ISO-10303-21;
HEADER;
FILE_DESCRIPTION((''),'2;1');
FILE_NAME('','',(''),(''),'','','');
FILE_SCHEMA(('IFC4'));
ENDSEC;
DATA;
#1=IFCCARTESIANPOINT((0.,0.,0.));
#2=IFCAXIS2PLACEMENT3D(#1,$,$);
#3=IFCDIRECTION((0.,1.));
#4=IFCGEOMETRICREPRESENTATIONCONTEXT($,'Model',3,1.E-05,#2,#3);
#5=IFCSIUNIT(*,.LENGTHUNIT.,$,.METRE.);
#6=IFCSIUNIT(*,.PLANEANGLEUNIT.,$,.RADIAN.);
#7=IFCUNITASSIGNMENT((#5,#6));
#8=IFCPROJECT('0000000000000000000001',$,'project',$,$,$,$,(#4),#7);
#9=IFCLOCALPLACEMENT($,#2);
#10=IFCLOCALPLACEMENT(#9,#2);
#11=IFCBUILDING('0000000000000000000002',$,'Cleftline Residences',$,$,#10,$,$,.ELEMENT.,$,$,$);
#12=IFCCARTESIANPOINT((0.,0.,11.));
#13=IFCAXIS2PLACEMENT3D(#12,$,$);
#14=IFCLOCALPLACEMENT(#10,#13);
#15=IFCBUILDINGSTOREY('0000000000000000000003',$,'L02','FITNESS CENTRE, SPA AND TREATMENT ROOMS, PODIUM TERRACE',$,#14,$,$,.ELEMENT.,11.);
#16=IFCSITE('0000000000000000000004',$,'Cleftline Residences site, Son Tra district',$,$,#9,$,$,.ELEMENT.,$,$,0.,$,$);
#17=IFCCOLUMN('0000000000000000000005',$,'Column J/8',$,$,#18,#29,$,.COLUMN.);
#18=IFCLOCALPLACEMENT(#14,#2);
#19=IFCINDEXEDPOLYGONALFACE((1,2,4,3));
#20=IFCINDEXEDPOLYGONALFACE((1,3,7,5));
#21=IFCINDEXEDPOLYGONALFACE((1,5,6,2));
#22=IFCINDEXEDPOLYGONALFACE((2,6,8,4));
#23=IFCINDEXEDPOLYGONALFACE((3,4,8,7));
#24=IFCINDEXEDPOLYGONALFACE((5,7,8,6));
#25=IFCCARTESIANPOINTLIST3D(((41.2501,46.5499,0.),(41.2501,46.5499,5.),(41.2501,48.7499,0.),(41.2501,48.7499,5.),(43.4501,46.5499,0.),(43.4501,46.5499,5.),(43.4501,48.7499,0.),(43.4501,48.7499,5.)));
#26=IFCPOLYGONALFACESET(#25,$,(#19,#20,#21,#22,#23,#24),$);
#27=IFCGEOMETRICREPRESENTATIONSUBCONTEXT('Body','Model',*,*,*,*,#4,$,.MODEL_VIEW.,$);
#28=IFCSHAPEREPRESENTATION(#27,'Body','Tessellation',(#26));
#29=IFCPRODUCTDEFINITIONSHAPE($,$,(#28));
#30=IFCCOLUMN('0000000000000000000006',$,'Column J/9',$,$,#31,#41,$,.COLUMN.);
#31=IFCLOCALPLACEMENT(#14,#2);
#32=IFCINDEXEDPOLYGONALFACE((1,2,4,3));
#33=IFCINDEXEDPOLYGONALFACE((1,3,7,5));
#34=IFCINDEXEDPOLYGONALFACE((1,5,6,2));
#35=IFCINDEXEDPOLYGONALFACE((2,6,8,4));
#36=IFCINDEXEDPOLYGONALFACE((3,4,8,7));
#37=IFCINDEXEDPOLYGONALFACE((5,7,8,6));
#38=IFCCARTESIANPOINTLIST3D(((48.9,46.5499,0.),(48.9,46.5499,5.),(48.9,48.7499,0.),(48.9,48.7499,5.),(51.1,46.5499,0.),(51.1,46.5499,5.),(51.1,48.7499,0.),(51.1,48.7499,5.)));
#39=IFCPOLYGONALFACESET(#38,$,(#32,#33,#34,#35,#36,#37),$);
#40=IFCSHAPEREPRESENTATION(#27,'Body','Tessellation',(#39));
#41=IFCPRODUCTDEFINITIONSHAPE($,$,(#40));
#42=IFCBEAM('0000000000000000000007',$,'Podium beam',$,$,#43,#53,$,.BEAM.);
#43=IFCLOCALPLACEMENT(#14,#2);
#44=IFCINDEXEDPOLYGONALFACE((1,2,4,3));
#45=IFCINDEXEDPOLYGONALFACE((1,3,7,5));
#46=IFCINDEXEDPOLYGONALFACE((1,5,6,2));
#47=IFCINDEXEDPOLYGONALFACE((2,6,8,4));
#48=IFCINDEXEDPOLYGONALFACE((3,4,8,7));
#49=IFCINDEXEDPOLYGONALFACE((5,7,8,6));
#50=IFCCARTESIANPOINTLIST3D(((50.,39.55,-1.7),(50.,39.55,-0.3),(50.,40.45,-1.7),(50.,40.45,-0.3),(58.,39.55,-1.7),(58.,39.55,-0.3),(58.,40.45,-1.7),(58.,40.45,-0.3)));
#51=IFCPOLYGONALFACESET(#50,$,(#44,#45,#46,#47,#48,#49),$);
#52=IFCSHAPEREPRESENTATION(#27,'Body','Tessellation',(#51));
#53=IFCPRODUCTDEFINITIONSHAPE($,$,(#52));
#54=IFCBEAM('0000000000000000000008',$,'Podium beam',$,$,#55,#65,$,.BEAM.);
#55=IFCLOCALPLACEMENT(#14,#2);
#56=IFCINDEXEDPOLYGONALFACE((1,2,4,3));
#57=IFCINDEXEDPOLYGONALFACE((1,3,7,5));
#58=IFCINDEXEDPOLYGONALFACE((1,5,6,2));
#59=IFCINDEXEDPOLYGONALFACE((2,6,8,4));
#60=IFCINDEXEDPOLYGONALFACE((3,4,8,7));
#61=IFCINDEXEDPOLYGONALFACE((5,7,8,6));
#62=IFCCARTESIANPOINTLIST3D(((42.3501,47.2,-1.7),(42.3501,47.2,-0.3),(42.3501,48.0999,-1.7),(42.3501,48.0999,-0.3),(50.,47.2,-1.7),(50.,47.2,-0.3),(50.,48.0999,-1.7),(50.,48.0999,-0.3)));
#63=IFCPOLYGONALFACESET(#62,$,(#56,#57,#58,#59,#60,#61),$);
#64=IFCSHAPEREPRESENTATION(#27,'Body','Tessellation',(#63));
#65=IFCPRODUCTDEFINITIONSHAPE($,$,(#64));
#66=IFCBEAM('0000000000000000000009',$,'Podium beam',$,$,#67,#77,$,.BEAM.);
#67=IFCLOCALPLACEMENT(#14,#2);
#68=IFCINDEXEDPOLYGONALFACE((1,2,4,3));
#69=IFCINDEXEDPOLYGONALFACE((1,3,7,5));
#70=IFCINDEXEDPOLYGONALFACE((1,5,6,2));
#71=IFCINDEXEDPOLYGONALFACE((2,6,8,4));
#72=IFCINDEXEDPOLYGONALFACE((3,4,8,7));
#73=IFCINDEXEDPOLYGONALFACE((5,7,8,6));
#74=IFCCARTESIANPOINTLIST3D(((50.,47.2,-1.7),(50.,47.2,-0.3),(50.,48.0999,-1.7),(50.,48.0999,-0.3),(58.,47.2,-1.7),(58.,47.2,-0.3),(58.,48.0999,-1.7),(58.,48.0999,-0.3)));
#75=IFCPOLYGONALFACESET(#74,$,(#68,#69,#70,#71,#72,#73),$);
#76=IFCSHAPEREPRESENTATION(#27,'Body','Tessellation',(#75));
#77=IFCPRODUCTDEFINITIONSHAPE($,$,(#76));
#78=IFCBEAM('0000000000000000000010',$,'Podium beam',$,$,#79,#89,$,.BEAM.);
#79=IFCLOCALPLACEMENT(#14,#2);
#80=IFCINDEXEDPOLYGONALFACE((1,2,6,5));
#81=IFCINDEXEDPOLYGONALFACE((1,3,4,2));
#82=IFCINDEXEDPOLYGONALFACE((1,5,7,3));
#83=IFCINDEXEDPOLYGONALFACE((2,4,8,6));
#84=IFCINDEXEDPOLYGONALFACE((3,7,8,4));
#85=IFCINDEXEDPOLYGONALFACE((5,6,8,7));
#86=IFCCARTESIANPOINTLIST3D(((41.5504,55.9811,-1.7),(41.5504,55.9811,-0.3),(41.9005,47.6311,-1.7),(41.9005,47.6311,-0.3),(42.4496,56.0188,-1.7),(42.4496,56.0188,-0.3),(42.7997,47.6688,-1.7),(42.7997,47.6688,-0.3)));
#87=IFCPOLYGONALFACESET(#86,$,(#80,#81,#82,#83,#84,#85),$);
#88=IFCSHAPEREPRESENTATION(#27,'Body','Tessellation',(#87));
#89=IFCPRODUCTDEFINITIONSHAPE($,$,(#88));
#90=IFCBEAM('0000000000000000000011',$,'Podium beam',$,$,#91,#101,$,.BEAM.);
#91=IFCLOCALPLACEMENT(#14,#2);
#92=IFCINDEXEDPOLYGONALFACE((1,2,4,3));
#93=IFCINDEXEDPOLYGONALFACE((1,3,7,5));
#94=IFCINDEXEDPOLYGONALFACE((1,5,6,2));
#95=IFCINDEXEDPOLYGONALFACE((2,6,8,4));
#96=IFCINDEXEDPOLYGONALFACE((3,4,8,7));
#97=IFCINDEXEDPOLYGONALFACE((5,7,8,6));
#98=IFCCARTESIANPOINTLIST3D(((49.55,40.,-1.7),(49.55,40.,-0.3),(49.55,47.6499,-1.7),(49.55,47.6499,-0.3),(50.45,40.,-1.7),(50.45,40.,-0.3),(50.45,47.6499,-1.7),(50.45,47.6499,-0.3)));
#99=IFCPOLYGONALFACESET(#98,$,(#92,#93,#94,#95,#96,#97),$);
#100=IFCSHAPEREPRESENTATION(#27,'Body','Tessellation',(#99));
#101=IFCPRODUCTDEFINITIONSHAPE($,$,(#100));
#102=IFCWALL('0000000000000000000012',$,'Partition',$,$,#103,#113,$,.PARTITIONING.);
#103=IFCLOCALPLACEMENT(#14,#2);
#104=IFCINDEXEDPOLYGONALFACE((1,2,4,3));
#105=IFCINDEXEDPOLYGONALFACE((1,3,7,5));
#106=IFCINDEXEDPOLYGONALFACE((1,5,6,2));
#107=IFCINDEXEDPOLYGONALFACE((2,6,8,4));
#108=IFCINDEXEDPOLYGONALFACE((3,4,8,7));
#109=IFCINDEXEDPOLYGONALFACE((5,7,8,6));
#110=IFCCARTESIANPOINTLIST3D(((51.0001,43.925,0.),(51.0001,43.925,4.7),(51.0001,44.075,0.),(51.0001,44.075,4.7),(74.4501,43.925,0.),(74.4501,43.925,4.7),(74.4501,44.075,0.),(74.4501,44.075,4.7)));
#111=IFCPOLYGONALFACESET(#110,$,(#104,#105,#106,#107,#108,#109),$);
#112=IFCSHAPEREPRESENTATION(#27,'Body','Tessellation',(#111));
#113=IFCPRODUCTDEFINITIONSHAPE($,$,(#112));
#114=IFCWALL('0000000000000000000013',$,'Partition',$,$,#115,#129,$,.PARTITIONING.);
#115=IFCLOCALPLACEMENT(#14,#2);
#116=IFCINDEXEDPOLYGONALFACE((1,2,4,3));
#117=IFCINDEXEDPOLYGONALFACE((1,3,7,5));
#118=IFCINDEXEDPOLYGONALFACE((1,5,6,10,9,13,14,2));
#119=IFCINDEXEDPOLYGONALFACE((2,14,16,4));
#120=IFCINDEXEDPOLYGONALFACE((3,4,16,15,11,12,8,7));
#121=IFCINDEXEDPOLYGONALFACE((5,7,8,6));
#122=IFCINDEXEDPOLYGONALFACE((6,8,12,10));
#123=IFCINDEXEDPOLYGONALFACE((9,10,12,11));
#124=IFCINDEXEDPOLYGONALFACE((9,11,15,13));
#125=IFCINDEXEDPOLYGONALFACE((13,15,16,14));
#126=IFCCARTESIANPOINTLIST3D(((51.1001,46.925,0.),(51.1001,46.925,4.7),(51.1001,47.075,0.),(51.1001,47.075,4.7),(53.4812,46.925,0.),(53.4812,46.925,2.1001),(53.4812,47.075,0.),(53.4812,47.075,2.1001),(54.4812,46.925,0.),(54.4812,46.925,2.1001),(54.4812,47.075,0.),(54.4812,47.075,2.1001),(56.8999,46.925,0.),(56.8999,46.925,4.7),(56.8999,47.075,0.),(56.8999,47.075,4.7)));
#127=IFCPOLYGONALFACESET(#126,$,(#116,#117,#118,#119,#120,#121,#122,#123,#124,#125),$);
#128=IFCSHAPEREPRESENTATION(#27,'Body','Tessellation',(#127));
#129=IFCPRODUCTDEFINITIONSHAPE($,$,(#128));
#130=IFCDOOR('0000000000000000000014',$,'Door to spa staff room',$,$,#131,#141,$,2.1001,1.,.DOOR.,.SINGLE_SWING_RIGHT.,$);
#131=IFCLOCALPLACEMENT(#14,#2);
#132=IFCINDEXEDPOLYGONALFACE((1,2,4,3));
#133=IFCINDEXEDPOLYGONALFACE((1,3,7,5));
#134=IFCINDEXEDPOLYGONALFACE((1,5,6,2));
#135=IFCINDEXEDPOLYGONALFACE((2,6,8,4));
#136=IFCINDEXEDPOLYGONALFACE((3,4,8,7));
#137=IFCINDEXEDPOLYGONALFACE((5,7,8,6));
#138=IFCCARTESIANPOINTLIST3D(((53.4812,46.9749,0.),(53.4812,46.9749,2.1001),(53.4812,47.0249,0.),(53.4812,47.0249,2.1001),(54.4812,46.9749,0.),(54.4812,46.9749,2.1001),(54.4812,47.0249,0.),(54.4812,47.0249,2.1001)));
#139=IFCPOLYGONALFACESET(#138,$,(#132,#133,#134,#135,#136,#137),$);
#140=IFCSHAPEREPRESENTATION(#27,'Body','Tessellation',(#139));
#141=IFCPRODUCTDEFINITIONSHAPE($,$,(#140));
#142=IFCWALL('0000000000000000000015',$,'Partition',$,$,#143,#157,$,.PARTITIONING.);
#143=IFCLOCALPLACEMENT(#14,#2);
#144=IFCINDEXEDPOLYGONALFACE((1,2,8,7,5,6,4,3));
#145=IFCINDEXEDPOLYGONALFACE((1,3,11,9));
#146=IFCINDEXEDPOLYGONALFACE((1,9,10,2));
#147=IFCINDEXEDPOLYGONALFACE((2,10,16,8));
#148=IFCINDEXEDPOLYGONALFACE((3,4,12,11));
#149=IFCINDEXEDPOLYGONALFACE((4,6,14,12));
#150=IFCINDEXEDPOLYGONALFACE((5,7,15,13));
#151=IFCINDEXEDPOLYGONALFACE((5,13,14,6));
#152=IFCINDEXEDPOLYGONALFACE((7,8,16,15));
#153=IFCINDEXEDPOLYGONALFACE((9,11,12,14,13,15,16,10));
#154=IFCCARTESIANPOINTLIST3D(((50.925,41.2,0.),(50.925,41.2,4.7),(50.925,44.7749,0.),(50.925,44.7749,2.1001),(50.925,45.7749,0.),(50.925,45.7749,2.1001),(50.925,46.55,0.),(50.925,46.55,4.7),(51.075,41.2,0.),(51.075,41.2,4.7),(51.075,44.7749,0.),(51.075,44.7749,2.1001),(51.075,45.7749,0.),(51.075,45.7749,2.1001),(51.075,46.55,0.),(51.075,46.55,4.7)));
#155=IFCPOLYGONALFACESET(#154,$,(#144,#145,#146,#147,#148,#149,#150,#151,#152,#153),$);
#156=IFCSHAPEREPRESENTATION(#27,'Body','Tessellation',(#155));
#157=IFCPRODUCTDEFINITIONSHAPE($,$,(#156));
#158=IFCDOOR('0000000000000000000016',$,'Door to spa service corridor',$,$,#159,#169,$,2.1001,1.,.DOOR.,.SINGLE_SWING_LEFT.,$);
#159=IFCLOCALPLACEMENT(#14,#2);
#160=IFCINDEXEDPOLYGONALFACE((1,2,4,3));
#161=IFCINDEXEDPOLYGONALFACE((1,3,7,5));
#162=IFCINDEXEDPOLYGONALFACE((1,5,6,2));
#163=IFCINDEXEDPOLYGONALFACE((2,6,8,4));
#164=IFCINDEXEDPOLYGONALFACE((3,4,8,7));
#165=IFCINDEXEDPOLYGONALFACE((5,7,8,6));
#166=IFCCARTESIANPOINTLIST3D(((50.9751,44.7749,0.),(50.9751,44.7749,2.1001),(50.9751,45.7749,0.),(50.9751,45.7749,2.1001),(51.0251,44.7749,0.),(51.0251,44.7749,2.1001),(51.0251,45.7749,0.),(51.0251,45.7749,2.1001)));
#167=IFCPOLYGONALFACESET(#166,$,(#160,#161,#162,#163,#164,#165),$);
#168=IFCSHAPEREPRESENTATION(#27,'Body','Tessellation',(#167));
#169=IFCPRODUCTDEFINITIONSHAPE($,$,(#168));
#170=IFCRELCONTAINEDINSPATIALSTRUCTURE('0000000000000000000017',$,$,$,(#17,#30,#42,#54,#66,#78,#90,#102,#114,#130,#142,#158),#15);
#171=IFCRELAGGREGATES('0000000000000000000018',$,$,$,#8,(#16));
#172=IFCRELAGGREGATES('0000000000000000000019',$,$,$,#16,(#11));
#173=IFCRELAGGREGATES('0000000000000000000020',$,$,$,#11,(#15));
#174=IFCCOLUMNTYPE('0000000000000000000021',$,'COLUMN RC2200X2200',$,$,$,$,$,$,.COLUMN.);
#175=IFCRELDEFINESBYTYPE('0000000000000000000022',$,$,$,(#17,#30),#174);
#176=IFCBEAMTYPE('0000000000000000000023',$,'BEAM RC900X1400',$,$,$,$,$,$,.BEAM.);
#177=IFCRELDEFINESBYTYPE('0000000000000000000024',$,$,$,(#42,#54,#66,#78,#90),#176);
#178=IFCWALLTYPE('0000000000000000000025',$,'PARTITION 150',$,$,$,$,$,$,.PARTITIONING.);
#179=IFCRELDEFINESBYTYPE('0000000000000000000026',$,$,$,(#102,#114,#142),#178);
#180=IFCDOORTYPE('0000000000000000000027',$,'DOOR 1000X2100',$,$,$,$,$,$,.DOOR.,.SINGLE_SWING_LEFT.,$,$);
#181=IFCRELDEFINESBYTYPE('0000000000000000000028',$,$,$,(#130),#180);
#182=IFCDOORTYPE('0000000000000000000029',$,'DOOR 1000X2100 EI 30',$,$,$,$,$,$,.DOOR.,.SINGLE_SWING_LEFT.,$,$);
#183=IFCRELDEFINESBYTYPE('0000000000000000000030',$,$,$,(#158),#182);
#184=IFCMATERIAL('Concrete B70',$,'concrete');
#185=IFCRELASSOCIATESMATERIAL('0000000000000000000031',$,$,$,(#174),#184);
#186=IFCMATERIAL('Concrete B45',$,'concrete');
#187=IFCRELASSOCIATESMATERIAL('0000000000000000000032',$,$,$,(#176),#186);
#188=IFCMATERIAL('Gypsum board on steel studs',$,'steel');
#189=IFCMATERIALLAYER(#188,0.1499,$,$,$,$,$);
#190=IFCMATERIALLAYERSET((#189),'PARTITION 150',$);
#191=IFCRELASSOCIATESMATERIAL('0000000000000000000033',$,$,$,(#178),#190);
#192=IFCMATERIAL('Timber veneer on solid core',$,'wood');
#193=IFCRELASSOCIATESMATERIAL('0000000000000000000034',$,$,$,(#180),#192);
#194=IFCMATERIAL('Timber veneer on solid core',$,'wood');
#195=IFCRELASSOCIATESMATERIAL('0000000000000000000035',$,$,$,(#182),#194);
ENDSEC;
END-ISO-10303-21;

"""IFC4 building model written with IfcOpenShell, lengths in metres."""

from ifc_helpers import new_model, si_unit, direction, frame, frame_2d, origin, origin_2d, place, context, subcontext, project, spatial, rectangle, extrude, material, layer, layer_set, material_profile, profile_set, type_object, element, fill, save


model = new_model("IFC4")

# Units and contexts
model_context = context("Model", 3, precision=1e-05, world=origin(), true_north=direction((0.0, 1.0)))
body_context = subcontext(model_context, "Body", "Model", "MODEL_VIEW")
ifc_project = project(units=[si_unit("LENGTHUNIT", "METRE"), si_unit("PLANEANGLEUNIT", "RADIAN")], contexts=[model_context])

# Site, building, storey
site_placement = place(None, origin())
site = spatial("IfcSite", under=ifc_project, at=site_placement, Name="Cleftline Residences site, Son Tra district", CompositionType="ELEMENT", RefElevation=0.0)
building_placement = place(site_placement, origin())
building = spatial("IfcBuilding", under=site, at=building_placement, Name="Cleftline Residences", CompositionType="ELEMENT")
storey_placement = place(building_placement, frame((0.0, 0.0, 11.0)))
storey = spatial("IfcBuildingStorey", under=building, at=storey_placement, Name="L02", Description="FITNESS CENTRE, SPA AND TREATMENT ROOMS, PODIUM TERRACE", CompositionType="ELEMENT", Elevation=11.0)

# Columns
ifc_material_1 = material(Name="Concrete B70", Category="concrete")
ifc_material_profile_1 = material_profile(ifc_material_1, rectangle(XDim=2.2, YDim=2.2, at=origin_2d()))
ifc_profile_set_1 = profile_set([ifc_material_profile_1], Name="Concrete B70")
column_type = type_object("IfcColumnType", Name="COLUMN RC2200X2200", PredefinedType="COLUMN", material=ifc_profile_set_1)
for number, where, z_axis, x_axis, name in (
    (1, (42.3501, 47.6499, 0.0), (0.0, 0.0, 1.0), (1.0, 0.0, 0.0), "Column J/8"),
    (2, (50.0, 47.6499, 0.0), (0.0, 0.0, 1.0), (1.0, 0.0, 0.0), "Column J/9"),
):
    element("IfcColumn", number, at=place(storey_placement, frame(where, z_axis=z_axis, x_axis=x_axis)), inside=storey, type_object=column_type, Name=name, PredefinedType="COLUMN", context=body_context, shape_type="SweptSolid", body=[
        extrude(rectangle(XDim=2.2, YDim=2.2, at=origin_2d()), origin(), (0.0, 0.0, 1.0), 5.0),
    ])

# Beams
ifc_material_2 = material(Name="Concrete B45", Category="concrete")
ifc_material_profile_2 = material_profile(ifc_material_2, rectangle(XDim=0.8999, YDim=1.3999, at=origin_2d()))
ifc_profile_set_2 = profile_set([ifc_material_profile_2], Name="Concrete B45")
beam_type = type_object("IfcBeamType", Name="BEAM RC900X1400", PredefinedType="BEAM", material=ifc_profile_set_2)
beam_1_placement = place(storey_placement, frame((50.0, 40.0, -1.0), z_axis=(1.0, 0.0, 0.0), x_axis=(0.0, 1.0, 0.0)))
element("IfcBeam", 3, at=beam_1_placement, inside=storey, type_object=beam_type, Name="Podium beam", PredefinedType="BEAM", context=body_context, shape_type="SweptSolid", body=[
    extrude(rectangle(XDim=0.8999, YDim=1.3999, at=origin_2d()), origin(), (0.0, 0.0, 1.0), 8.0),
])
beam_2_placement = place(storey_placement, frame((42.3501, 47.6499, -1.0), z_axis=(1.0, 0.0, 0.0), x_axis=(0.0, 1.0, 0.0)))
element("IfcBeam", 4, at=beam_2_placement, inside=storey, type_object=beam_type, Name="Podium beam", PredefinedType="BEAM", context=body_context, shape_type="SweptSolid", body=[
    extrude(rectangle(XDim=0.8999, YDim=1.3999, at=origin_2d()), origin(), (0.0, 0.0, 1.0), 7.6499),
])
beam_3_placement = place(storey_placement, frame((50.0, 47.6499, -1.0), z_axis=(1.0, 0.0, 0.0), x_axis=(0.0, 1.0, 0.0)))
element("IfcBeam", 5, at=beam_3_placement, inside=storey, type_object=beam_type, Name="Podium beam", PredefinedType="BEAM", context=body_context, shape_type="SweptSolid", body=[
    extrude(rectangle(XDim=0.8999, YDim=1.3999, at=origin_2d()), origin(), (0.0, 0.0, 1.0), 8.0),
])
beam_4_placement = place(storey_placement, frame((42.3501, 47.6499, -1.0), z_axis=(-0.041891, 0.999122, 0.0), x_axis=(-0.999122, -0.041891, 0.0)))
element("IfcBeam", 6, at=beam_4_placement, inside=storey, type_object=beam_type, Name="Podium beam", PredefinedType="BEAM", context=body_context, shape_type="SweptSolid", body=[
    extrude(rectangle(XDim=0.8999, YDim=1.3999, at=origin_2d()), origin(), (0.0, 0.0, 1.0), 8.3574),
])
beam_5_placement = place(storey_placement, frame((50.0, 40.0, -1.0), z_axis=(0.0, 1.0, 0.0), x_axis=(-1.0, 0.0, 0.0)))
element("IfcBeam", 7, at=beam_5_placement, inside=storey, type_object=beam_type, Name="Podium beam", PredefinedType="BEAM", context=body_context, shape_type="SweptSolid", body=[
    extrude(rectangle(XDim=0.8999, YDim=1.3999, at=origin_2d()), origin(), (0.0, 0.0, 1.0), 7.6499),
])

# Wall
ifc_material_3 = material(Name="Gypsum board on steel studs", Category="steel")
ifc_layer = layer(ifc_material_3, 0.1499)
ifc_layer_set = layer_set([ifc_layer], Name="PARTITION 150")
wall_type = type_object("IfcWallType", Name="PARTITION 150", PredefinedType="PARTITIONING", material=ifc_layer_set)
wall_1_placement = place(storey_placement, frame((51.0, 44.0, 0.0), z_axis=(0.0, 0.0, 1.0), x_axis=(1.0, 0.0, 0.0)))
element("IfcWall", 8, at=wall_1_placement, inside=storey, type_object=wall_type, Name="Partition", PredefinedType="PARTITIONING", context=body_context, shape_type="SweptSolid", body=[
    extrude(rectangle(XDim=23.45, YDim=0.1499, at=frame_2d((11.7251, 0.0))), origin(), (0.0, 0.0, 1.0), 4.7),
])

# Walls, openings, doors
wall_2_placement = place(storey_placement, frame((51.1001, 47.0, 0.0), z_axis=(0.0, 0.0, 1.0), x_axis=(1.0, 0.0, 0.0)))
wall_2 = element("IfcWall", 9, at=wall_2_placement, inside=storey, type_object=wall_type, Name="Partition", PredefinedType="PARTITIONING", context=body_context, shape_type="SweptSolid", body=[
    extrude(rectangle(XDim=5.7998, YDim=0.1499, at=frame_2d((2.8999, 0.0))), origin(), (0.0, 0.0, 1.0), 4.7),
])
opening_1_placement = place(wall_2_placement, frame((2.3811, 0.0, 0.0)))
opening_1 = element("IfcOpeningElement", 10, at=opening_1_placement, cuts=wall_2, PredefinedType="OPENING", context=body_context, shape_type="SweptSolid", body=[
    extrude(rectangle(XDim=1.0, YDim=2.1001, at=frame_2d((0.5, 1.05))), frame((0.0, 0.085, 0.0), z_axis=(0.0, -1.0, 0.0), x_axis=(1.0, 0.0, 0.0)), (0.0, 0.0, 1.0), 0.1699),
])
ifc_material_4 = material(Name="Timber veneer on solid core", Category="wood")
door_type_1 = type_object("IfcDoorType", Name="DOOR 1000X2100", OperationType="SINGLE_SWING_LEFT", PredefinedType="DOOR", material=ifc_material_4)
door_1_placement = place(opening_1_placement, origin())
door_1 = element("IfcDoor", 11, at=door_1_placement, inside=storey, type_object=door_type_1, Name="Door to spa staff room", OperationType="SINGLE_SWING_RIGHT", OverallHeight=2.1001, OverallWidth=1.0, PredefinedType="DOOR", context=body_context, shape_type="SweptSolid", body=[
    extrude(rectangle(XDim=1.0, YDim=2.1001, at=frame_2d((0.5, 1.05))), frame((0.0, 0.0249, 0.0), z_axis=(0.0, -1.0, 0.0), x_axis=(1.0, 0.0, 0.0)), (0.0, 0.0, 1.0), 0.05),
])
fill(opening_1, door_1)
wall_3_placement = place(storey_placement, frame((51.0, 41.2, 0.0), z_axis=(0.0, 0.0, 1.0), x_axis=(0.0, 1.0, 0.0)))
wall_3 = element("IfcWall", 12, at=wall_3_placement, inside=storey, type_object=wall_type, Name="Partition", PredefinedType="PARTITIONING", context=body_context, shape_type="SweptSolid", body=[
    extrude(rectangle(XDim=5.3501, YDim=0.1499, at=frame_2d((2.675, 0.0))), origin(), (0.0, 0.0, 1.0), 4.7),
])
opening_2_placement = place(wall_3_placement, frame((3.575, 0.0, 0.0)))
opening_2 = element("IfcOpeningElement", 13, at=opening_2_placement, cuts=wall_3, PredefinedType="OPENING", context=body_context, shape_type="SweptSolid", body=[
    extrude(rectangle(XDim=1.0, YDim=2.1001, at=frame_2d((0.5, 1.05))), frame((0.0, 0.085, 0.0), z_axis=(0.0, -1.0, 0.0), x_axis=(1.0, 0.0, 0.0)), (0.0, 0.0, 1.0), 0.1699),
])
ifc_material_5 = material(Name="Timber veneer on solid core", Category="wood")
door_type_2 = type_object("IfcDoorType", Name="DOOR 1000X2100 EI 30", OperationType="SINGLE_SWING_LEFT", PredefinedType="DOOR", material=ifc_material_5)
door_2_placement = place(opening_2_placement, origin())
door_2 = element("IfcDoor", 14, at=door_2_placement, inside=storey, type_object=door_type_2, Name="Door to spa service corridor", OperationType="SINGLE_SWING_LEFT", OverallHeight=2.1001, OverallWidth=1.0, PredefinedType="DOOR", context=body_context, shape_type="SweptSolid", body=[
    extrude(rectangle(XDim=1.0, YDim=2.1001, at=frame_2d((0.5, 1.05))), frame((0.0, 0.0249, 0.0), z_axis=(0.0, -1.0, 0.0), x_axis=(1.0, 0.0, 0.0)), (0.0, 0.0, 1.0), 0.05),
])
fill(opening_2, door_2)

save(model, "model.ifc")
